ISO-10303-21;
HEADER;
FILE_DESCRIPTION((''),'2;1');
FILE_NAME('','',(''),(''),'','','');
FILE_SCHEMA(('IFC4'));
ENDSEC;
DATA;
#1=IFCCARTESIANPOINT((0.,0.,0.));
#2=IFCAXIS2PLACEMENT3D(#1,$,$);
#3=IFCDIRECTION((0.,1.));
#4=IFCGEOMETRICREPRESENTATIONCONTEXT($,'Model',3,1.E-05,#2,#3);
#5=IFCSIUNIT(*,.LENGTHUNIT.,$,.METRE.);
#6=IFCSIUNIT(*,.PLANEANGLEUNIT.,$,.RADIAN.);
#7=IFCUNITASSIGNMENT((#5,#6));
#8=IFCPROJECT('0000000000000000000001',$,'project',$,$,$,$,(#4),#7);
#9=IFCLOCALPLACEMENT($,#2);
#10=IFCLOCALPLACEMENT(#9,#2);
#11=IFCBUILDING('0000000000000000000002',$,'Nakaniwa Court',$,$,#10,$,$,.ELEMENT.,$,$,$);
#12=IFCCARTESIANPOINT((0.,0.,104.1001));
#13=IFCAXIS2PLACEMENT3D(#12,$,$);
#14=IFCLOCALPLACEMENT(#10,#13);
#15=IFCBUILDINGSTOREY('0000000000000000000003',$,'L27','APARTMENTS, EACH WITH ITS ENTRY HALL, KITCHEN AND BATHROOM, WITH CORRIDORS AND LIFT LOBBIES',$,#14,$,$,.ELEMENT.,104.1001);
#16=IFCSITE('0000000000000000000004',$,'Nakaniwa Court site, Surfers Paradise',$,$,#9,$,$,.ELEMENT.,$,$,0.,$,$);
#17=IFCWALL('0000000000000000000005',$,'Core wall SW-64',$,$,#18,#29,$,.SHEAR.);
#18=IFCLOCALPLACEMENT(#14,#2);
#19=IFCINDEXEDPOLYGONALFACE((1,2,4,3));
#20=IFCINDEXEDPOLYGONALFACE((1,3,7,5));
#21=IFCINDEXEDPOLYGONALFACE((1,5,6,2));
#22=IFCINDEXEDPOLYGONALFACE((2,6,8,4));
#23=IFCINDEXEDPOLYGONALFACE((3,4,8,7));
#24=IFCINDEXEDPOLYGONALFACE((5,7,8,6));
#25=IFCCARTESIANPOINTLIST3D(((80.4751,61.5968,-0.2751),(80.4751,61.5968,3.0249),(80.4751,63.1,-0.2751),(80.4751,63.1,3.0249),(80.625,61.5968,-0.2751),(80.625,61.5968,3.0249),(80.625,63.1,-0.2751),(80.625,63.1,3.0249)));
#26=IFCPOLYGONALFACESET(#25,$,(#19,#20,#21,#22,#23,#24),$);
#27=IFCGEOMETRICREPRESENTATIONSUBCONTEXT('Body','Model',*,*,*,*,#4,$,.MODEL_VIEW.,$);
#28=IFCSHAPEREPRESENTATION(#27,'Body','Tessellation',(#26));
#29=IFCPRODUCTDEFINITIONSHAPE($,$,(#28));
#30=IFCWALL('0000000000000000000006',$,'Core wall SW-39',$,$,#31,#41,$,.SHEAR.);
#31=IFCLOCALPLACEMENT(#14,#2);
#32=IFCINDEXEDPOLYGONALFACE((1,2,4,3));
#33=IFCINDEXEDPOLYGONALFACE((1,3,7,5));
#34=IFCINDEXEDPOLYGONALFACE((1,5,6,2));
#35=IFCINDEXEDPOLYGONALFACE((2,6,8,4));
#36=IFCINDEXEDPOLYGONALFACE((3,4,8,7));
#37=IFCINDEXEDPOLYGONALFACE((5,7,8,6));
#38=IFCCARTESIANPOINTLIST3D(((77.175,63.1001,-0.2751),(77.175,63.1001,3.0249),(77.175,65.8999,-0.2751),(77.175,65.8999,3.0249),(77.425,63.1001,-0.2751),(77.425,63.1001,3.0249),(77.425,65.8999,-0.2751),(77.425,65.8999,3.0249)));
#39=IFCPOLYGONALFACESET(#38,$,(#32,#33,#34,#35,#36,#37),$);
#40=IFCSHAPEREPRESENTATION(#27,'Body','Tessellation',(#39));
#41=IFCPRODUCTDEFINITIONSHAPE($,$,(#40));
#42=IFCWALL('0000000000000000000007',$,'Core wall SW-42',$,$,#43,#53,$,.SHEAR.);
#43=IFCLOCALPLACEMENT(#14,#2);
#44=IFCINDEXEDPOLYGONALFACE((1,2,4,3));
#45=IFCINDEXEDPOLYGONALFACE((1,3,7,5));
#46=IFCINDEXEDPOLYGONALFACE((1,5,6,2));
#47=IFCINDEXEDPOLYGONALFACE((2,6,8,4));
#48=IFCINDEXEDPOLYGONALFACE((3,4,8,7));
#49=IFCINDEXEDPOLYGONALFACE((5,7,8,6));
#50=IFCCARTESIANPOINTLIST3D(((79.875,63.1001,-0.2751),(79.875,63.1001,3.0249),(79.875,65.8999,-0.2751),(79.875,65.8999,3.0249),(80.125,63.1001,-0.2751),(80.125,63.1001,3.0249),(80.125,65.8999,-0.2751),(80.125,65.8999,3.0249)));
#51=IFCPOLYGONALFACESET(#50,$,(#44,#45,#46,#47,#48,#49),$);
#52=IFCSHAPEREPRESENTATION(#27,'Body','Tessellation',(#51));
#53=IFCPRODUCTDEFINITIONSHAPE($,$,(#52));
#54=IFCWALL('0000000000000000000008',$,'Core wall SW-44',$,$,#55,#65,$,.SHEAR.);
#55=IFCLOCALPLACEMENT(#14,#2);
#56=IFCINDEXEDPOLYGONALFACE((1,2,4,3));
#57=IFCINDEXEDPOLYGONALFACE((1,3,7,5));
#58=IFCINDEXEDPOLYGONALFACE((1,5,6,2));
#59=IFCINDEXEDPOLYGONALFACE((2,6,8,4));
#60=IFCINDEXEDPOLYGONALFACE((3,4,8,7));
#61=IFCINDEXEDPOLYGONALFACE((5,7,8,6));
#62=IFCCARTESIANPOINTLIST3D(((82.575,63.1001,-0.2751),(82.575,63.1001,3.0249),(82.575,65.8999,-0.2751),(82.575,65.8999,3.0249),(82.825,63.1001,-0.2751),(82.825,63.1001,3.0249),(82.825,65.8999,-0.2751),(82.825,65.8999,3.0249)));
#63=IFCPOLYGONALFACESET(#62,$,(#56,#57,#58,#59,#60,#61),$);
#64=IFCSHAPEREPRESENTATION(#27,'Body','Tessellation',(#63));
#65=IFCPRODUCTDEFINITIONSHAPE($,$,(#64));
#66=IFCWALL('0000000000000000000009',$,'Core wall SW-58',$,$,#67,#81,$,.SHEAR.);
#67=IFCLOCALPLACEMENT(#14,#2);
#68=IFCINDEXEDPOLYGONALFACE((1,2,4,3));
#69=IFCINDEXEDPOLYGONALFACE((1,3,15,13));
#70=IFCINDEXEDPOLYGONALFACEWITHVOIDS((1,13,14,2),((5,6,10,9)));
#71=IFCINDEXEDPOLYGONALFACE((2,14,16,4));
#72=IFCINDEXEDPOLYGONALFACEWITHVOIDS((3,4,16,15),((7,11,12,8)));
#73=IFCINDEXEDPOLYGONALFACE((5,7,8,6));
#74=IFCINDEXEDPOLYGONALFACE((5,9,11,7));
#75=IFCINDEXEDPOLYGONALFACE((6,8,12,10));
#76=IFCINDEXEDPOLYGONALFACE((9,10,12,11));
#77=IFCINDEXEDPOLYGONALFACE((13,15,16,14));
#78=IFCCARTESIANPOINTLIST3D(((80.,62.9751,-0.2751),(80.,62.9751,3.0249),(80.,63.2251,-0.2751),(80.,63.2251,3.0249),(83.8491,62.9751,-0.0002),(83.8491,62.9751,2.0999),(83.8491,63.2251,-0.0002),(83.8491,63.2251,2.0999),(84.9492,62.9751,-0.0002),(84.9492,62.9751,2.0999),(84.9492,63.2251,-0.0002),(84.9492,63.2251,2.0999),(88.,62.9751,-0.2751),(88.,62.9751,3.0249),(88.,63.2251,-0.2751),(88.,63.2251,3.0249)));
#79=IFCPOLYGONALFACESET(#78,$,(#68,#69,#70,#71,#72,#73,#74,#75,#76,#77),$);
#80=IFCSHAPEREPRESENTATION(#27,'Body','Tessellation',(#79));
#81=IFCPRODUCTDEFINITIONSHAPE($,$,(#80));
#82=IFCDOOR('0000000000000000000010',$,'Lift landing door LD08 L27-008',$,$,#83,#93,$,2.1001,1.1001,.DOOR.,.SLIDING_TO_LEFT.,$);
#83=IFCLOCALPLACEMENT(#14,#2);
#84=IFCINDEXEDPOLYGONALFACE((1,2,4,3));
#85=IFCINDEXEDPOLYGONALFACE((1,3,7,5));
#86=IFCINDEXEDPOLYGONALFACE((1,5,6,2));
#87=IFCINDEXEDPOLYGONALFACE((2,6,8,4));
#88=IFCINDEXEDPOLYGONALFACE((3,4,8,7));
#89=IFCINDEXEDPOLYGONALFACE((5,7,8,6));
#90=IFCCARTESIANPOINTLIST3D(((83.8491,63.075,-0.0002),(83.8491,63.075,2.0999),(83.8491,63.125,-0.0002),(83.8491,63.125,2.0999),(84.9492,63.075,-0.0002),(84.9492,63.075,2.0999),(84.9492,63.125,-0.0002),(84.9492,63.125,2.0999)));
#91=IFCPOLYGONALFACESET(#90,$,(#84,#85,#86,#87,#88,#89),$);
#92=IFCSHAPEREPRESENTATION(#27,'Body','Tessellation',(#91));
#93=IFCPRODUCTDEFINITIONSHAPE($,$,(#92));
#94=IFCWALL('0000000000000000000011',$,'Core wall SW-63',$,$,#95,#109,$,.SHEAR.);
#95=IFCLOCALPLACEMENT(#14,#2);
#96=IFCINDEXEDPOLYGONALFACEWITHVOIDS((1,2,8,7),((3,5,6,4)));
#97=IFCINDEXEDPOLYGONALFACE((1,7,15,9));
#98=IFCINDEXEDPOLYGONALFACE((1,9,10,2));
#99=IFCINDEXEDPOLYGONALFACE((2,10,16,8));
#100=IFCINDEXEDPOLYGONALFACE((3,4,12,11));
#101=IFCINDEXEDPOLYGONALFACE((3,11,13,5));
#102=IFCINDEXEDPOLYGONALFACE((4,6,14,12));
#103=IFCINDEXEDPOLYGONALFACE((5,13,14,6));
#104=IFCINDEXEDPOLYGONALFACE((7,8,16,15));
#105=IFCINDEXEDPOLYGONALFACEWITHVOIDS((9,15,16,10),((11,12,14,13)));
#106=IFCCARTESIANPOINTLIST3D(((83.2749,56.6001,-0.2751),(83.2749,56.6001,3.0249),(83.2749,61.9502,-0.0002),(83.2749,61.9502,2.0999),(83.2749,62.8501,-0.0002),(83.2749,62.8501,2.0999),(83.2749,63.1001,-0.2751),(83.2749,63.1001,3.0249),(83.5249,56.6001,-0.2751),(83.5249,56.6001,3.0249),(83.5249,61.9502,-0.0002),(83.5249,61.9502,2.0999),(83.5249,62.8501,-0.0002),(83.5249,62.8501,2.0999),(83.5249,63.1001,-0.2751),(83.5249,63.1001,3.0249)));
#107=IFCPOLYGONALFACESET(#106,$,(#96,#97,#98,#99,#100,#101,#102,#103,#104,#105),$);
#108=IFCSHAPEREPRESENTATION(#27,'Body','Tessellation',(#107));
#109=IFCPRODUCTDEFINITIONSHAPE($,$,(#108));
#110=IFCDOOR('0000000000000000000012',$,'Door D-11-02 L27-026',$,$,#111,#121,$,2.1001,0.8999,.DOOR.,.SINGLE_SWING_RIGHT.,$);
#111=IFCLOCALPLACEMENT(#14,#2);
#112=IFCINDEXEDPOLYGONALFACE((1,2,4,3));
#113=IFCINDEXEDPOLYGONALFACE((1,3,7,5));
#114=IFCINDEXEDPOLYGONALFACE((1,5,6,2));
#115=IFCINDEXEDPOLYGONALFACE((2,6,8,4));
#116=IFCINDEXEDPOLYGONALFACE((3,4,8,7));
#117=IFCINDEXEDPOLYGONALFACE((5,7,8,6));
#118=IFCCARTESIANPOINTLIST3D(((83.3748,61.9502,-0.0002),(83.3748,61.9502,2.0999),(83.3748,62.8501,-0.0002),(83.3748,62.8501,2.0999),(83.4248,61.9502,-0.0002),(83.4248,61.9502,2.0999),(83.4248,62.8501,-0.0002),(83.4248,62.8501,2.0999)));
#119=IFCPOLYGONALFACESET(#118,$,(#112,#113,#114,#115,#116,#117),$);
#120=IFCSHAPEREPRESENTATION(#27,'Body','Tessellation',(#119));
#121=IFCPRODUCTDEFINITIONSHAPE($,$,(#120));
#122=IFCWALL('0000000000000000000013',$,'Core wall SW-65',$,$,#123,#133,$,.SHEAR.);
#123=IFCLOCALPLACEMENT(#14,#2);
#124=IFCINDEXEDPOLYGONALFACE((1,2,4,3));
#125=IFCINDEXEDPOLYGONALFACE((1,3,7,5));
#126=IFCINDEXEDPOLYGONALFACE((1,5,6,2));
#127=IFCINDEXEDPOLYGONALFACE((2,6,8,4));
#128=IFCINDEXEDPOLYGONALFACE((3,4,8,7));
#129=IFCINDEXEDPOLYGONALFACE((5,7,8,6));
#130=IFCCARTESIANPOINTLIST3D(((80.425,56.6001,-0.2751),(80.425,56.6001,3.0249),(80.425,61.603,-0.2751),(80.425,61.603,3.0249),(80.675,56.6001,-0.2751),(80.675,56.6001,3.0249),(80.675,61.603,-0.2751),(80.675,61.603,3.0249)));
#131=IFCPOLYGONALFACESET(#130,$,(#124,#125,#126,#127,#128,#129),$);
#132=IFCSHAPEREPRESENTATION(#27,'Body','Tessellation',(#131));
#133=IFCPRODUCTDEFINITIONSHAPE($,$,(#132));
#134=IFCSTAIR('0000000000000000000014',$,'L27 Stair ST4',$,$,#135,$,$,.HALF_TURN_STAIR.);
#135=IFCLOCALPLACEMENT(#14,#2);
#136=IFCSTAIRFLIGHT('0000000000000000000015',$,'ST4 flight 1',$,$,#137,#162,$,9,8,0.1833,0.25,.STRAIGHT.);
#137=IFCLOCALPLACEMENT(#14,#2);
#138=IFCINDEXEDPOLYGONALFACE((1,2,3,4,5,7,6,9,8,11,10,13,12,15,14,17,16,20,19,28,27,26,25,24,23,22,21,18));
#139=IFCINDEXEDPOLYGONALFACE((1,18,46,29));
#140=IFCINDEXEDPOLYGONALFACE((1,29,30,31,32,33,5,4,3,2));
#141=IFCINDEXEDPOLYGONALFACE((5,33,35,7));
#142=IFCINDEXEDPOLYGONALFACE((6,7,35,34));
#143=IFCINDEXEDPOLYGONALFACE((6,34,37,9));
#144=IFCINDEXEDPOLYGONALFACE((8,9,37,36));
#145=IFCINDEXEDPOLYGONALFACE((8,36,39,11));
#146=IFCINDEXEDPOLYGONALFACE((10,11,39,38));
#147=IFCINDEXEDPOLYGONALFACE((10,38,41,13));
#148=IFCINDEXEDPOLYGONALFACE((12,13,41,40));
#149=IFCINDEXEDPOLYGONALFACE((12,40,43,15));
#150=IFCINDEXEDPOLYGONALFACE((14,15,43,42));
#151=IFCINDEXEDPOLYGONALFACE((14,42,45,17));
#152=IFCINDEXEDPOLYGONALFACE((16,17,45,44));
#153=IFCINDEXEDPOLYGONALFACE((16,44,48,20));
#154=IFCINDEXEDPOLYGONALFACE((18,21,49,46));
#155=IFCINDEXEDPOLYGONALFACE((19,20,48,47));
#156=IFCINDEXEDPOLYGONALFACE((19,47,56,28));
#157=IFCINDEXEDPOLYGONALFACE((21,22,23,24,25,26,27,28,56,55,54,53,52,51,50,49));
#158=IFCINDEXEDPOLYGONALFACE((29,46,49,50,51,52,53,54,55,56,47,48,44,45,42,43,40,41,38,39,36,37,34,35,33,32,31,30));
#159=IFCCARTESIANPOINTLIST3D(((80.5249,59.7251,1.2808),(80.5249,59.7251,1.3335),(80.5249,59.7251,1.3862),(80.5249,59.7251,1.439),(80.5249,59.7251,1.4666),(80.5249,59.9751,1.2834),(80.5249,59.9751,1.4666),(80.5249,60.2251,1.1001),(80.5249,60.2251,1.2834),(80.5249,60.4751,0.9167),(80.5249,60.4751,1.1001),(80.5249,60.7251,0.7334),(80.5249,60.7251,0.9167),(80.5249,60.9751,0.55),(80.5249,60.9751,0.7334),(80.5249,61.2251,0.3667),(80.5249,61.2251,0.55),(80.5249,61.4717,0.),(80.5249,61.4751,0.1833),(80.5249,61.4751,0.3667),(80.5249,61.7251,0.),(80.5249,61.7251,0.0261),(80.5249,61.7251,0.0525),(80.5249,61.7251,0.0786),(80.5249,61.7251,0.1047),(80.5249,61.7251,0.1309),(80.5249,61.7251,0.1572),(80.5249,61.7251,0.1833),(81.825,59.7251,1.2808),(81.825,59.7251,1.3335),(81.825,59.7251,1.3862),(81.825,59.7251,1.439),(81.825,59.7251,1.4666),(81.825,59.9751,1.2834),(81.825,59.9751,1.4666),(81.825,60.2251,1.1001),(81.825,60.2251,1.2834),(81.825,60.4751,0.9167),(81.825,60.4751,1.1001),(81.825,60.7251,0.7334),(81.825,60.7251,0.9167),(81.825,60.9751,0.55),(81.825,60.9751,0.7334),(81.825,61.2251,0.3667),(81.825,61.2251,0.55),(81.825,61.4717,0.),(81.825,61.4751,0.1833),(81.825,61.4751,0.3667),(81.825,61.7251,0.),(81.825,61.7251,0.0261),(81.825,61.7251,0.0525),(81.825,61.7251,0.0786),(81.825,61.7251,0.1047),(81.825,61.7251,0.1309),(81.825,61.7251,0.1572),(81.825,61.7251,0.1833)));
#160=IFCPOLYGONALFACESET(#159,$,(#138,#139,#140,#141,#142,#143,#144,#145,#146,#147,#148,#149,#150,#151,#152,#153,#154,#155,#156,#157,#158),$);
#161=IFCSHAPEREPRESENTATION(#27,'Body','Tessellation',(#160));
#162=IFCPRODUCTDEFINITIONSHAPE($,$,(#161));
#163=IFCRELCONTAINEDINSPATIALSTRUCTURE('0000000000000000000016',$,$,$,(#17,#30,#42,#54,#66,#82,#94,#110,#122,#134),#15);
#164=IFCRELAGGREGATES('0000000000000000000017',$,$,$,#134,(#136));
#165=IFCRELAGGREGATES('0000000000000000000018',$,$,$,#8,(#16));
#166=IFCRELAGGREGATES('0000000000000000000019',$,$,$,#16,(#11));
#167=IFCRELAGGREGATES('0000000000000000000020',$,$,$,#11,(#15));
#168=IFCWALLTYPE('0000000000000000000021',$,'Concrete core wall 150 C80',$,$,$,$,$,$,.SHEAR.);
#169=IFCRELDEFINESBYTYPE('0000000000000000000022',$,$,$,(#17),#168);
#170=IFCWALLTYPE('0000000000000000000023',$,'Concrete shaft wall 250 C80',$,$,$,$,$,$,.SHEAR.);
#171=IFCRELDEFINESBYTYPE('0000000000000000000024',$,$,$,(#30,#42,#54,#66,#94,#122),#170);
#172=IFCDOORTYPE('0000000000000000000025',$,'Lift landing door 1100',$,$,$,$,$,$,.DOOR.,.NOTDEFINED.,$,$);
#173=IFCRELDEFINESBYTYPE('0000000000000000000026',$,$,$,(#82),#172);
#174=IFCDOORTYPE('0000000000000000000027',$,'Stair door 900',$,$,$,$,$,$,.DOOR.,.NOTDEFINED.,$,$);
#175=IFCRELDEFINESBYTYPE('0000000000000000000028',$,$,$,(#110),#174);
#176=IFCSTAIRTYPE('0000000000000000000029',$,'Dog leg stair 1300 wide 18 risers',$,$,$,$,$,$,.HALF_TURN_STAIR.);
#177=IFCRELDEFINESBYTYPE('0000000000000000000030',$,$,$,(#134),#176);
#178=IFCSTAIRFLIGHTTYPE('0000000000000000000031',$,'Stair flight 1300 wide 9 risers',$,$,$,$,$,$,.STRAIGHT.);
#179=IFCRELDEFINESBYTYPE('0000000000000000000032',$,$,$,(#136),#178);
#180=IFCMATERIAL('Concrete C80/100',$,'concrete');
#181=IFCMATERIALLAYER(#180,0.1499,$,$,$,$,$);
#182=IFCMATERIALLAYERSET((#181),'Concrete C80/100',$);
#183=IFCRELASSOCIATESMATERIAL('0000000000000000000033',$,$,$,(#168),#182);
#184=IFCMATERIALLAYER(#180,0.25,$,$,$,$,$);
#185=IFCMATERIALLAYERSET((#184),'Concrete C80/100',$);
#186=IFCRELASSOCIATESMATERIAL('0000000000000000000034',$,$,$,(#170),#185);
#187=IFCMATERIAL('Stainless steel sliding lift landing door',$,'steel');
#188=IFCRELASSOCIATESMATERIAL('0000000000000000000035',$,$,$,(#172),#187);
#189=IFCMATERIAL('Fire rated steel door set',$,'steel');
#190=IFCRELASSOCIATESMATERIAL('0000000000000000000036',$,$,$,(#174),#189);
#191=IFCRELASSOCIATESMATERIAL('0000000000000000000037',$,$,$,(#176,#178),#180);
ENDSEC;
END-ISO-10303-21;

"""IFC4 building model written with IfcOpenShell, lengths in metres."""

from ifc_helpers import new_model, si_unit, direction, frame, frame_2d, origin, place, context, subcontext, project, spatial, polyline, rectangle, outline, extrude, material, layer, layer_set, type_object, element, fill, aggregate, save


model = new_model("IFC4")

# Units and contexts
model_context = context("Model", 3, precision=1e-05, world=origin(), true_north=direction((0.0, 1.0)))
body_context = subcontext(model_context, "Body", "Model", "MODEL_VIEW")
ifc_project = project(units=[si_unit("LENGTHUNIT", "METRE"), si_unit("PLANEANGLEUNIT", "RADIAN")], contexts=[model_context])

# Site, building, storey
site_placement = place(None, origin())
site = spatial("IfcSite", under=ifc_project, at=site_placement, Name="Nakaniwa Court site, Surfers Paradise", CompositionType="ELEMENT", RefElevation=0.0)
building_placement = place(site_placement, origin())
building = spatial("IfcBuilding", under=site, at=building_placement, Name="Nakaniwa Court", CompositionType="ELEMENT")
storey_placement = place(building_placement, frame((0.0, 0.0, 104.1001)))
storey = spatial("IfcBuildingStorey", under=building, at=storey_placement, Name="L27", Description="APARTMENTS, EACH WITH ITS ENTRY HALL, KITCHEN AND BATHROOM, WITH CORRIDORS AND LIFT LOBBIES", CompositionType="ELEMENT", Elevation=104.1001)

# Shared definitions
ifc_material_1 = material(Name="Concrete C80/100", Category="concrete")

# Shared definitions
ifc_material_2 = material(Name="Fire rated steel door set", Category="steel")

# Walls
ifc_layer_1 = layer(ifc_material_1, 0.1499)
ifc_layer_set_1 = layer_set([ifc_layer_1], Name="Concrete C80/100")
wall_type_1 = type_object("IfcWallType", Name="Concrete core wall 150 C80", PredefinedType="SHEAR", material=ifc_layer_set_1)
wall_1_placement = place(storey_placement, frame((80.55, 61.5969, -0.2751), z_axis=(0.0, 0.0, 1.0), x_axis=(0.0, 1.0, 0.0)))
element("IfcWall", 1, at=wall_1_placement, inside=storey, type_object=wall_type_1, Name="Core wall SW-64", PredefinedType="SHEAR", context=body_context, shape_type="SweptSolid", body=[
    extrude(rectangle(XDim=1.5032, YDim=0.1499, at=frame_2d((0.7515, 0.0))), origin(), (0.0, 0.0, 1.0), 3.3),
])
ifc_layer_2 = layer(ifc_material_1, 0.25)
ifc_layer_set_2 = layer_set([ifc_layer_2], Name="Concrete C80/100")
wall_type_2 = type_object("IfcWallType", Name="Concrete shaft wall 250 C80", PredefinedType="SHEAR", material=ifc_layer_set_2)
for number, where, z_axis, x_axis, name in (
    (2, (77.3, 63.1001, -0.2751), (0.0, 0.0, 1.0), (0.0, 1.0, 0.0), "Core wall SW-39"),
    (3, (80.0, 63.1001, -0.2751), (0.0, 0.0, 1.0), (0.0, 1.0, 0.0), "Core wall SW-42"),
    (4, (82.7, 63.1001, -0.2751), (0.0, 0.0, 1.0), (0.0, 1.0, 0.0), "Core wall SW-44"),
):
    element("IfcWall", number, at=place(storey_placement, frame(where, z_axis=z_axis, x_axis=x_axis)), inside=storey, type_object=wall_type_2, Name=name, PredefinedType="SHEAR", context=body_context, shape_type="SweptSolid", body=[
        extrude(rectangle(XDim=2.7998, YDim=0.25, at=frame_2d((1.3999, 0.0))), origin(), (0.0, 0.0, 1.0), 3.3),
    ])

# Walls, openings, doors
wall_2_placement = place(storey_placement, frame((80.0, 63.1001, -0.2751), z_axis=(0.0, 0.0, 1.0), x_axis=(1.0, 0.0, 0.0)))
wall_2 = element("IfcWall", 5, at=wall_2_placement, inside=storey, type_object=wall_type_2, Name="Core wall SW-58", PredefinedType="SHEAR", context=body_context, shape_type="SweptSolid", body=[
    extrude(rectangle(XDim=8.0, YDim=0.25, at=frame_2d((4.0, 0.0))), origin(), (0.0, 0.0, 1.0), 3.3),
])
opening_1_placement = place(wall_2_placement, frame((3.8491, 0.0, 0.2749)))
opening_1 = element("IfcOpeningElement", 6, at=opening_1_placement, cuts=wall_2, PredefinedType="OPENING", context=body_context, shape_type="SweptSolid", body=[
    extrude(rectangle(XDim=1.1001, YDim=2.1001, at=frame_2d((0.55, 1.05))), frame((0.0, 0.135, 0.0), z_axis=(0.0, -1.0, 0.0), x_axis=(1.0, 0.0, 0.0)), (0.0, 0.0, 1.0), 0.27),
])
ifc_material_3 = material(Name="Stainless steel sliding lift landing door", Category="steel")
door_type_1 = type_object("IfcDoorType", Name="Lift landing door 1100", OperationType="NOTDEFINED", PredefinedType="DOOR", material=ifc_material_3)
door_1_placement = place(opening_1_placement, origin())
door_1 = element("IfcDoor", 7, at=door_1_placement, inside=storey, type_object=door_type_1, Name="Lift landing door LD08 L27-008", OperationType="SLIDING_TO_LEFT", OverallHeight=2.1001, OverallWidth=1.1001, PredefinedType="DOOR", context=body_context, shape_type="SweptSolid", body=[
    extrude(rectangle(XDim=1.1001, YDim=2.1001, at=frame_2d((0.55, 1.05))), frame((0.0, 0.0249, 0.0), z_axis=(0.0, -1.0, 0.0), x_axis=(1.0, 0.0, 0.0)), (0.0, 0.0, 1.0), 0.05),
])
fill(opening_1, door_1)
wall_3_placement = place(storey_placement, frame((83.3999, 63.1001, -0.2751), z_axis=(0.0, 0.0, 1.0), x_axis=(0.0, -1.0, 0.0)))
wall_3 = element("IfcWall", 8, at=wall_3_placement, inside=storey, type_object=wall_type_2, Name="Core wall SW-63", PredefinedType="SHEAR", context=body_context, shape_type="SweptSolid", body=[
    extrude(rectangle(XDim=6.5, YDim=0.25, at=frame_2d((3.25, 0.0))), origin(), (0.0, 0.0, 1.0), 3.3),
])
opening_2_placement = place(wall_3_placement, frame((0.25, 0.0, 0.2749)))
opening_2 = element("IfcOpeningElement", 9, at=opening_2_placement, cuts=wall_3, PredefinedType="OPENING", context=body_context, shape_type="SweptSolid", body=[
    extrude(rectangle(XDim=0.8999, YDim=2.1001, at=frame_2d((0.45, 1.05))), frame((0.0, 0.135, 0.0), z_axis=(0.0, -1.0, 0.0), x_axis=(1.0, 0.0, 0.0)), (0.0, 0.0, 1.0), 0.27),
])
door_type_2 = type_object("IfcDoorType", Name="Stair door 900", OperationType="NOTDEFINED", PredefinedType="DOOR", material=ifc_material_2)
door_2_placement = place(opening_2_placement, origin())
door_2 = element("IfcDoor", 10, at=door_2_placement, inside=storey, type_object=door_type_2, Name="Door D-11-02 L27-026", OperationType="SINGLE_SWING_RIGHT", OverallHeight=2.1001, OverallWidth=0.8999, PredefinedType="DOOR", context=body_context, shape_type="SweptSolid", body=[
    extrude(rectangle(XDim=0.8999, YDim=2.1001, at=frame_2d((0.45, 1.05))), frame((0.0, 0.0249, 0.0), z_axis=(0.0, -1.0, 0.0), x_axis=(1.0, 0.0, 0.0)), (0.0, 0.0, 1.0), 0.05),
])
fill(opening_2, door_2)

# Wall
wall_4_placement = place(storey_placement, frame((80.55, 56.6001, -0.2751), z_axis=(0.0, 0.0, 1.0), x_axis=(0.0, 1.0, 0.0)))
element("IfcWall", 11, at=wall_4_placement, inside=storey, type_object=wall_type_2, Name="Core wall SW-65", PredefinedType="SHEAR", context=body_context, shape_type="SweptSolid", body=[
    extrude(rectangle(XDim=5.0029, YDim=0.25, at=frame_2d((2.5015, 0.0))), origin(), (0.0, 0.0, 1.0), 3.3),
])

# Stair, stair flight
stair_type = type_object("IfcStairType", Name="Dog leg stair 1300 wide 18 risers", PredefinedType="HALF_TURN_STAIR", material=ifc_material_1)
stair_placement = place(storey_placement, origin())
stair = element("IfcStair", 12, at=stair_placement, inside=storey, type_object=stair_type, Name="L27 Stair ST4", PredefinedType="HALF_TURN_STAIR")
stair_flight_type = type_object("IfcStairFlightType", Name="Stair flight 1300 wide 9 risers", PredefinedType="STRAIGHT", material=ifc_material_1)
stair_flight_1_placement = place(storey_placement, frame((81.175, 61.7251, 0.0), z_axis=(0.0, 0.0, 1.0), x_axis=(0.0, -1.0, 0.0)))
stair_flight_1 = element("IfcStairFlight", 13, at=stair_flight_1_placement, type_object=stair_flight_type, Name="ST4 flight 1", NumberOfRisers=9, NumberOfTreads=8, PredefinedType="STRAIGHT", RiserHeight=0.1833, TreadLength=0.25, context=body_context, shape_type="SweptSolid", body=[
    extrude(outline(polyline([(0.0, 0.0), (0.0, 0.0261), (0.0, 0.0525), (0.0, 0.0786), (0.0, 0.1047), (0.0, 0.1309), (0.0, 0.1572), (0.0, 0.1833), (0.25, 0.1833), (0.25, 0.3667), (0.5, 0.3667), (0.5, 0.55), (0.75, 0.55), (0.75, 0.7334), (1.0, 0.7334), (1.0, 0.9167), (1.25, 0.9167), (1.25, 1.1001), (1.5, 1.1001), (1.5, 1.2834), (1.75, 1.2834), (1.75, 1.4666), (2.0, 1.4666), (2.0, 1.6499), (2.0, 1.5972), (2.0, 1.5444), (2.0, 1.4917), (2.0, 1.439), (2.0, 1.3862), (2.0, 1.3335), (2.0, 1.2808), (0.2534, 0.0), (0.0, 0.0)])), frame((0.0, 0.6499, 0.0), z_axis=(0.0, -1.0, 0.0), x_axis=(1.0, 0.0, 0.0)), (0.0, 0.0, 1.0), 1.3),
])
aggregate(stair, [stair_flight_1])

save(model, "model.ifc")
